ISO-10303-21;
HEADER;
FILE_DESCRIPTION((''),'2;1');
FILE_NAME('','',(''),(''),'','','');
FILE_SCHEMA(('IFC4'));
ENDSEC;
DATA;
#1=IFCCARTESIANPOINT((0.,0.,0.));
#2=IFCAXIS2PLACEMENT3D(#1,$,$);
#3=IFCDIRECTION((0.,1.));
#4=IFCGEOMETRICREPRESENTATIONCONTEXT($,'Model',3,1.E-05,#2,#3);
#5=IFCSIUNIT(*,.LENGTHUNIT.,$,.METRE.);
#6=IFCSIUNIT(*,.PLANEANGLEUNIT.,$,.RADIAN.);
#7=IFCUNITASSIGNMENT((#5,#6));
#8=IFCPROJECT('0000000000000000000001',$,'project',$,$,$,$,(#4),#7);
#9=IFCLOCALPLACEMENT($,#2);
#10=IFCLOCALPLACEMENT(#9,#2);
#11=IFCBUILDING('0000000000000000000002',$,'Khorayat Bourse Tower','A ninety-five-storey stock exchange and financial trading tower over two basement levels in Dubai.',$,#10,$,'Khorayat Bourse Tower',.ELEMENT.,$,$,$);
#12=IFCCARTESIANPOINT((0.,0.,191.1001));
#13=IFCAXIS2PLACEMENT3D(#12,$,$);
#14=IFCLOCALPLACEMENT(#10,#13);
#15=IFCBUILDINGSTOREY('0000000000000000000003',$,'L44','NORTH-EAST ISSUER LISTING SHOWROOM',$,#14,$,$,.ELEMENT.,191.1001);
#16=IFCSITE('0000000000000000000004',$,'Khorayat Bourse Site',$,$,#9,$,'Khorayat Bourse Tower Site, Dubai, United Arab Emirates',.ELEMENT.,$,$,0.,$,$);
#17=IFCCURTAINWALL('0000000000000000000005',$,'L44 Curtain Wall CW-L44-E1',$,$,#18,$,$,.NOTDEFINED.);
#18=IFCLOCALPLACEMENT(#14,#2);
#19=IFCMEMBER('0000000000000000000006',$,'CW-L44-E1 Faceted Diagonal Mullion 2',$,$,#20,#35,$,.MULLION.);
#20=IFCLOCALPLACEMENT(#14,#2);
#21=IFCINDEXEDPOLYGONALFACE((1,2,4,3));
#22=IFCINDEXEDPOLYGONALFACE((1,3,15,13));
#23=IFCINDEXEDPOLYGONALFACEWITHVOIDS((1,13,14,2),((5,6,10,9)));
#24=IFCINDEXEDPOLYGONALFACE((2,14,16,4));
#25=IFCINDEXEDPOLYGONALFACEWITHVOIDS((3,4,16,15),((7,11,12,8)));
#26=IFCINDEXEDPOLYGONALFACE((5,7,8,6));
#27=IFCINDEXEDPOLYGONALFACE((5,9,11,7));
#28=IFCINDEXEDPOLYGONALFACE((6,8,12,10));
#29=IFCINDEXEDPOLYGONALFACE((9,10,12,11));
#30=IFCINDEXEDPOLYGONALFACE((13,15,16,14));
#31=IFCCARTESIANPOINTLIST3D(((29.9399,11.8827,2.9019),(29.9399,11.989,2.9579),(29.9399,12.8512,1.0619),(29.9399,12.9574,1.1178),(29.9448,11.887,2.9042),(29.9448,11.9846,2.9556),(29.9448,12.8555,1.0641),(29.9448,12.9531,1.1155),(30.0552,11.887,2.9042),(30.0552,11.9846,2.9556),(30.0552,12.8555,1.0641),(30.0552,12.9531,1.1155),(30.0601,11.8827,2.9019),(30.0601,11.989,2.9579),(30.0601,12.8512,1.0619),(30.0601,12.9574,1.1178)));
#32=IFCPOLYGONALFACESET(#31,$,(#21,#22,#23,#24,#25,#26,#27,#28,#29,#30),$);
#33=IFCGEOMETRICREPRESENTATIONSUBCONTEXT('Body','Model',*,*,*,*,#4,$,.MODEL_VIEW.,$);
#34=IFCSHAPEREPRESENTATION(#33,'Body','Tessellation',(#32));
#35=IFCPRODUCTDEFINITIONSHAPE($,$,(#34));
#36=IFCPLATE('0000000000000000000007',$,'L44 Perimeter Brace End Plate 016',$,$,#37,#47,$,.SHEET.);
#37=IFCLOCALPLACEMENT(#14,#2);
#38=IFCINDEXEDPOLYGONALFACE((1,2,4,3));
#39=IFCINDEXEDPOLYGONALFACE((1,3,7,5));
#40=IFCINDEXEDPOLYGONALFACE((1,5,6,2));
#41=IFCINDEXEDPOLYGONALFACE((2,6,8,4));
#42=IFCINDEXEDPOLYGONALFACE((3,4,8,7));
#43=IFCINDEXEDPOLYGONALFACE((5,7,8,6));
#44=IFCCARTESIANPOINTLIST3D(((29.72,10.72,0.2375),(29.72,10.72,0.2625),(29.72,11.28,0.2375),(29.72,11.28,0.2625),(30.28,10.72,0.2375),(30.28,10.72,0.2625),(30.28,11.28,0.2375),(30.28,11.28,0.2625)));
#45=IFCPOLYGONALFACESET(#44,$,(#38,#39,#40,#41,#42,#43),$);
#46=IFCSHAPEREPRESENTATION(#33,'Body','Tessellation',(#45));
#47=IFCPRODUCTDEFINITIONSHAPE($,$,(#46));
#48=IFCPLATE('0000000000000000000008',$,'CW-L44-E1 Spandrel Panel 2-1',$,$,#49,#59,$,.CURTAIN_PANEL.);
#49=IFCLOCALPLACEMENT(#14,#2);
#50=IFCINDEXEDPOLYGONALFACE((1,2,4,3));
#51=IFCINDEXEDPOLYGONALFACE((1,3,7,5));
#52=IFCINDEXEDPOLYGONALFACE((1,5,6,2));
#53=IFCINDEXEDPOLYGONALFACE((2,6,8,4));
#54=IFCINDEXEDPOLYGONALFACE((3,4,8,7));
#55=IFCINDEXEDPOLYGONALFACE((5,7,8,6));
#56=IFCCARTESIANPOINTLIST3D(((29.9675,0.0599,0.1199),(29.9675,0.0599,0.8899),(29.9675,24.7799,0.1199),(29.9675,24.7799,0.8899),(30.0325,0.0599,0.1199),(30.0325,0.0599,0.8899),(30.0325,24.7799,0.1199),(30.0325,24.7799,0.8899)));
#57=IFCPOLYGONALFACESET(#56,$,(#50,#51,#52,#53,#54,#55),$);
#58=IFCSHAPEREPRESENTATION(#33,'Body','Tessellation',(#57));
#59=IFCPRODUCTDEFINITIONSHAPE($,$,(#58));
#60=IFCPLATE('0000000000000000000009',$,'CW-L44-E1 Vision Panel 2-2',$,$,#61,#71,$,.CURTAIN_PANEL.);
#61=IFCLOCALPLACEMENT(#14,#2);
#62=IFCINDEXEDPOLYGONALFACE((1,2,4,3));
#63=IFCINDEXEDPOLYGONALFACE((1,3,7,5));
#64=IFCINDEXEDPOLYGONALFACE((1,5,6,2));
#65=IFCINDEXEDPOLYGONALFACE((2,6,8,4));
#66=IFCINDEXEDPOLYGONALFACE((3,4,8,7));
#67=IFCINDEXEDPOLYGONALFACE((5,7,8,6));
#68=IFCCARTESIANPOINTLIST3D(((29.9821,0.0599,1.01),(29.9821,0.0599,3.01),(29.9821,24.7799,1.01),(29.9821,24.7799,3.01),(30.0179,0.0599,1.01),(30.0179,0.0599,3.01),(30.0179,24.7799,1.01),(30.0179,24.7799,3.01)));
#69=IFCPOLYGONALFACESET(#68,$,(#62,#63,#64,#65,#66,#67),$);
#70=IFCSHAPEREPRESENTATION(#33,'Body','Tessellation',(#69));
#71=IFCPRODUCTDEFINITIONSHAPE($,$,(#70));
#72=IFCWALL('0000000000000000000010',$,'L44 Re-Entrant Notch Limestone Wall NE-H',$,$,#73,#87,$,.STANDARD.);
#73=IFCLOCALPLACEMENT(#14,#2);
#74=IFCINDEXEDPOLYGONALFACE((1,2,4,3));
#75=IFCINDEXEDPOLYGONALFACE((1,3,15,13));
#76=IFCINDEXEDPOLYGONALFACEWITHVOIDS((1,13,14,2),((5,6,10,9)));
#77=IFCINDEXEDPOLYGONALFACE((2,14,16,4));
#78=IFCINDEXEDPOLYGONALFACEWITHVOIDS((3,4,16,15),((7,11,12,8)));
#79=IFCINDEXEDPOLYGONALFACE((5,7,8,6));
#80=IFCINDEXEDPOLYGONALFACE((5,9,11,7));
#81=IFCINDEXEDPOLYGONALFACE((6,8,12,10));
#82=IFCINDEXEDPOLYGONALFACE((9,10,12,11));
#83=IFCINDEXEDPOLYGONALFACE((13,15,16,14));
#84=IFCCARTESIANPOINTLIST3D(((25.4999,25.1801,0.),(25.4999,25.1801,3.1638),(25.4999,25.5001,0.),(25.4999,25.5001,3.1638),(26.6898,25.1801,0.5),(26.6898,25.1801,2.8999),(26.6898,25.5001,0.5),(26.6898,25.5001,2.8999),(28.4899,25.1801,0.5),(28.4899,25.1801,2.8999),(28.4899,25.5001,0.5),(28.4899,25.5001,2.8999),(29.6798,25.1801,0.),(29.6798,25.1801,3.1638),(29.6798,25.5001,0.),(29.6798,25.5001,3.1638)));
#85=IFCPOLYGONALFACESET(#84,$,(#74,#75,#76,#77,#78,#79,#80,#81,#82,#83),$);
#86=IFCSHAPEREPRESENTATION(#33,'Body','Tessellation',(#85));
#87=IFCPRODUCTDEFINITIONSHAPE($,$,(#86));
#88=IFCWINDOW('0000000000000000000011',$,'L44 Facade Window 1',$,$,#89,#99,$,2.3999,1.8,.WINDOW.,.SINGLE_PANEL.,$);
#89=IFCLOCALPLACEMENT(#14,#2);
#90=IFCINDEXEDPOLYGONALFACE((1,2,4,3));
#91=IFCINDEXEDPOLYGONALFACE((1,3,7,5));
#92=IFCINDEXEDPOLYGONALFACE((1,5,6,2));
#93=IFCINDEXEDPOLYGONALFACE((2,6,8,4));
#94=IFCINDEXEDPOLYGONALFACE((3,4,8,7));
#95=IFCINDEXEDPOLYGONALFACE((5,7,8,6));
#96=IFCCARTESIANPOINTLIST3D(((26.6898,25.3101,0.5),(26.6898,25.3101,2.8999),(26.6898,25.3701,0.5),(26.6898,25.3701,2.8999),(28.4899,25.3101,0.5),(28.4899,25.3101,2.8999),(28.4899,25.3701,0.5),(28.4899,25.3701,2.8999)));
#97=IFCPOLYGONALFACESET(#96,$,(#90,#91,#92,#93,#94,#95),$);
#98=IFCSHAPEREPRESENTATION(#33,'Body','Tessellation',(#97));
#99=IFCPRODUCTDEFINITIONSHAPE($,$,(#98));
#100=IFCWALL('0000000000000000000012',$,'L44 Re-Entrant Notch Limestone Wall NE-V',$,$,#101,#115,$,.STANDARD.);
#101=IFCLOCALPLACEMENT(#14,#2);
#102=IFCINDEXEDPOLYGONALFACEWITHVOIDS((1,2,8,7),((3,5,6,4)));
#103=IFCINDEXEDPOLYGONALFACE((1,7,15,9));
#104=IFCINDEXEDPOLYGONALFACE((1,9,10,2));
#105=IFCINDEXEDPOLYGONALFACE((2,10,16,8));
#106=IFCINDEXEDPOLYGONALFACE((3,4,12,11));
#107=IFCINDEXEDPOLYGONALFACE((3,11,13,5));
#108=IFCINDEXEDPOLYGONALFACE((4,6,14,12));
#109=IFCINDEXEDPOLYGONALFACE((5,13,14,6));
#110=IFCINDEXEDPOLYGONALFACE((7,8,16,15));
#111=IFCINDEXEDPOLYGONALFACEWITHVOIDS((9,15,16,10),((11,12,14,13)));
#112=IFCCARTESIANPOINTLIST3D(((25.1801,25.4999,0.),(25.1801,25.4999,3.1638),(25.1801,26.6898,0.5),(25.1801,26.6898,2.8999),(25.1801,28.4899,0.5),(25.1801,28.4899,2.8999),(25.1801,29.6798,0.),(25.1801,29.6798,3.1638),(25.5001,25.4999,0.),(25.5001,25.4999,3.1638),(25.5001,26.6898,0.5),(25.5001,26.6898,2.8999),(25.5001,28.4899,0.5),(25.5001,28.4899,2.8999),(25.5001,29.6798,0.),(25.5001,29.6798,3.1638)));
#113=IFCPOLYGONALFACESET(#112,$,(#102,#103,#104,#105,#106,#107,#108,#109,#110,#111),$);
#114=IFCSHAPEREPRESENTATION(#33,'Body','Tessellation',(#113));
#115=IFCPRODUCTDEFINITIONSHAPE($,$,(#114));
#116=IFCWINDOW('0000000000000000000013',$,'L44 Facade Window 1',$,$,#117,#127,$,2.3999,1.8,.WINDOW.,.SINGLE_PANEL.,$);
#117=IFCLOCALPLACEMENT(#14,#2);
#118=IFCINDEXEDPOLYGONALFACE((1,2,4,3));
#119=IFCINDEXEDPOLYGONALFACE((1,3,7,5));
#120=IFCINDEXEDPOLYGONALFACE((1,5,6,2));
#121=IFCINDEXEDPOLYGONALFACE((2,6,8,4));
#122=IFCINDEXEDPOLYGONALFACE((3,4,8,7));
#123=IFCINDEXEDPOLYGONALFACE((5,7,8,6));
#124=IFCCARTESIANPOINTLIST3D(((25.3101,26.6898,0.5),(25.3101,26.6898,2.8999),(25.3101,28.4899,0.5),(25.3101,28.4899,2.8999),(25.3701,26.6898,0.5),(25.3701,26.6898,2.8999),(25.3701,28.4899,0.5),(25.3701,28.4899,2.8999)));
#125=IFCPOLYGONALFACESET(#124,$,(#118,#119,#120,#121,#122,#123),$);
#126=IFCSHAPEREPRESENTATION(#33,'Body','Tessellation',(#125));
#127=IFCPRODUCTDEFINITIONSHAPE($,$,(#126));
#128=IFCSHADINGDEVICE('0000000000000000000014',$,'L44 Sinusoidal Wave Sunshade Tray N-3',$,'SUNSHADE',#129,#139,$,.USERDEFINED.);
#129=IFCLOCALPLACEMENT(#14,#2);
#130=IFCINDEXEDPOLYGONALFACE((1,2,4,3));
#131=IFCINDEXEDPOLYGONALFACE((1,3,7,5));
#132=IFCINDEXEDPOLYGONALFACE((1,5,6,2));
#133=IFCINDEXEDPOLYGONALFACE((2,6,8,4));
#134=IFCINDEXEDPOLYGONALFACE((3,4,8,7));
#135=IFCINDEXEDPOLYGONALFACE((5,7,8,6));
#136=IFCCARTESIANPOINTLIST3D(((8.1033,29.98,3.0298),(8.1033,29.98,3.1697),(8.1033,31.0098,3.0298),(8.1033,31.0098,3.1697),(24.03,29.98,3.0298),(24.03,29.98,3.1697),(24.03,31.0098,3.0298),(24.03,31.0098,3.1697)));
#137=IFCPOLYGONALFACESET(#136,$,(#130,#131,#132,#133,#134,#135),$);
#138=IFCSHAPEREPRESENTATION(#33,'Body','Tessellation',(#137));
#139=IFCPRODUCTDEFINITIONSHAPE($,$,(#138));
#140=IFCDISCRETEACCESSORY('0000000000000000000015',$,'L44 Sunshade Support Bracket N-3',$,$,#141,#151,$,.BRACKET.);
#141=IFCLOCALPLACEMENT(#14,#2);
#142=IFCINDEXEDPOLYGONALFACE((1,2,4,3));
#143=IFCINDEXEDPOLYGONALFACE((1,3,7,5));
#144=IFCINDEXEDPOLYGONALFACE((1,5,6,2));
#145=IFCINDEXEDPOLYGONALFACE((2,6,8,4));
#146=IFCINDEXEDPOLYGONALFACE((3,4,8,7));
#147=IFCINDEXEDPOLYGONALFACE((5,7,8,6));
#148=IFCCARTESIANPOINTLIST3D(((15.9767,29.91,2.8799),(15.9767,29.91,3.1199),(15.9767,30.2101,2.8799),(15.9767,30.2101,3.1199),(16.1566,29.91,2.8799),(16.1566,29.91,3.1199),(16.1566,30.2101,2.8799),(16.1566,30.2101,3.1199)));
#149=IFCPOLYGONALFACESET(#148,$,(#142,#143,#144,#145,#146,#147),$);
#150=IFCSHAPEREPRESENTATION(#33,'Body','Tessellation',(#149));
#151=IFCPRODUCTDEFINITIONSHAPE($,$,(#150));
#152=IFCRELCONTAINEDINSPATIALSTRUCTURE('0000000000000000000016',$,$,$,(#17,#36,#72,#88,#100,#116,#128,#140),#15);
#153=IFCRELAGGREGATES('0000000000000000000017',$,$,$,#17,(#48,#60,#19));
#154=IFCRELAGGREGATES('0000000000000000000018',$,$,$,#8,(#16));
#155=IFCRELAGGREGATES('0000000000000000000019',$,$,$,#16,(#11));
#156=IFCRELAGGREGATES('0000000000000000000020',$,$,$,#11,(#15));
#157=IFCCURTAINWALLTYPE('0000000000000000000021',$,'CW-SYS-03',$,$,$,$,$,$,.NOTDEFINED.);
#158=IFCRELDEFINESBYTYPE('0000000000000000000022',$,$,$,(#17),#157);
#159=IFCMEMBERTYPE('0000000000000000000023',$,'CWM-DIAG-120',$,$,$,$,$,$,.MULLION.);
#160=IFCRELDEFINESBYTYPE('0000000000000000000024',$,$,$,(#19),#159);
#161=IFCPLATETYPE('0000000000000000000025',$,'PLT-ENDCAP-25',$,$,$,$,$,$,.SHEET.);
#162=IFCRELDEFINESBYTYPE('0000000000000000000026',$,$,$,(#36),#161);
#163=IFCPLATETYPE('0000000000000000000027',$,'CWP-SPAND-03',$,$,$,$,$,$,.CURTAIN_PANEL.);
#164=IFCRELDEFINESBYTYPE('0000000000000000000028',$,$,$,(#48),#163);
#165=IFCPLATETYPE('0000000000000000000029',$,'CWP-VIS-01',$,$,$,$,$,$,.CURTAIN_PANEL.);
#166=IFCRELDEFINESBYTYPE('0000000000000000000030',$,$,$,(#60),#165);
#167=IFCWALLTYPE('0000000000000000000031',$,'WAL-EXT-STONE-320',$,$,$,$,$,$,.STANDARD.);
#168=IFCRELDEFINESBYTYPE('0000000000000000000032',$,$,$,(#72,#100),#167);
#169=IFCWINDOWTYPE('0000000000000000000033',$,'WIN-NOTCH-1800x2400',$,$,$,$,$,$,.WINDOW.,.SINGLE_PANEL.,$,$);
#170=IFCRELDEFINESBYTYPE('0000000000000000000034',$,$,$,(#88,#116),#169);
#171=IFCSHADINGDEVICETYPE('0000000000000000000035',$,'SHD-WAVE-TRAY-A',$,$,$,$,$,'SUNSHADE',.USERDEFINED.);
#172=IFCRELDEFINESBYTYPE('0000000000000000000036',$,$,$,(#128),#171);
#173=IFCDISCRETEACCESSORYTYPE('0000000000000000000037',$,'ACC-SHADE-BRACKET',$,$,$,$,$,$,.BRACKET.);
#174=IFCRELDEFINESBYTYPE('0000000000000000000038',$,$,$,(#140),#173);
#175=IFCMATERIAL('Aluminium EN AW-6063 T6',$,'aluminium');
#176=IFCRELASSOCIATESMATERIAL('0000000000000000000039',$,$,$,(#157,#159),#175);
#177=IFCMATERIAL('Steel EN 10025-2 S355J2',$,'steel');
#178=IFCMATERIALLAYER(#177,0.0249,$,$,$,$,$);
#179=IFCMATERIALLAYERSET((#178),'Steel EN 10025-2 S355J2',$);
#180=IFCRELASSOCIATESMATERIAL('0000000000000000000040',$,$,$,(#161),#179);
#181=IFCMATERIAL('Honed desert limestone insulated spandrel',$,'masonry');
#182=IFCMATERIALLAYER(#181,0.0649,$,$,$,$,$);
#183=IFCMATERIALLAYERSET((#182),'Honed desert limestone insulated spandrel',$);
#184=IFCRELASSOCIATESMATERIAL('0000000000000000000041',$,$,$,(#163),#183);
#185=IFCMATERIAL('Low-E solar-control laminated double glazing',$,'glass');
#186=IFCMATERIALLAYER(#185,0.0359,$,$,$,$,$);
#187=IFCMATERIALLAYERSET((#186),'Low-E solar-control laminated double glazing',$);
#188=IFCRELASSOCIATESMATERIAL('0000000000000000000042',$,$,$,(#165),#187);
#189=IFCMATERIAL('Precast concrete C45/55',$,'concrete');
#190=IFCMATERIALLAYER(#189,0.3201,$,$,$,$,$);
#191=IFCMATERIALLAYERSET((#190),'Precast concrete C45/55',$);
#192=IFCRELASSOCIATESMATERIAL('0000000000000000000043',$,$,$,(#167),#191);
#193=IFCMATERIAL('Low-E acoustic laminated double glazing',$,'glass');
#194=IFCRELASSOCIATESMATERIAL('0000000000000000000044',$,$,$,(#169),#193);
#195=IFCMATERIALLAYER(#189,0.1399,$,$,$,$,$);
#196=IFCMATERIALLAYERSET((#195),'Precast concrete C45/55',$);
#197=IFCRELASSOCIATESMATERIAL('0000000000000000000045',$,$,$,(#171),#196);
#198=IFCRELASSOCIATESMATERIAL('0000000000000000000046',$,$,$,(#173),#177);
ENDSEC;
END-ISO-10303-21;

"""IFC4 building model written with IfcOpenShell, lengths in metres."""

from ifc_helpers import new_model, si_unit, direction, frame, frame_2d, origin, origin_2d, place, context, subcontext, project, spatial, rectangle, hollow_rectangle, extrude, source, transform, mapped, material, layer, layer_set, material_profile, profile_set, type_object, element, fill, aggregate, save


model = new_model("IFC4")

# Units and contexts
model_context = context("Model", 3, precision=1e-05, world=origin(), true_north=direction((0.0, 1.0)))
body_context = subcontext(model_context, "Body", "Model", "MODEL_VIEW")
ifc_project = project(units=[si_unit("LENGTHUNIT", "METRE"), si_unit("PLANEANGLEUNIT", "RADIAN")], contexts=[model_context])

# Site, building, storey
site_placement = place(None, origin())
site = spatial("IfcSite", under=ifc_project, at=site_placement, Name="Khorayat Bourse Site", LongName="Khorayat Bourse Tower Site, Dubai, United Arab Emirates", CompositionType="ELEMENT", RefElevation=0.0)
building_placement = place(site_placement, origin())
building = spatial("IfcBuilding", under=site, at=building_placement, Name="Khorayat Bourse Tower", Description="A ninety-five-storey stock exchange and financial trading tower over two basement levels in Dubai.", LongName="Khorayat Bourse Tower", CompositionType="ELEMENT")
storey_placement = place(building_placement, frame((0.0, 0.0, 191.1001)))
storey = spatial("IfcBuildingStorey", under=building, at=storey_placement, Name="L44", Description="NORTH-EAST ISSUER LISTING SHOWROOM", CompositionType="ELEMENT", Elevation=191.1001)

# Shared definitions
ifc_material_1 = material(Name="Aluminium EN AW-6063 T6", Category="aluminium")
curtain_wall_type = type_object("IfcCurtainWallType", Name="CW-SYS-03", PredefinedType="NOTDEFINED", material=ifc_material_1)

# Curtain wall, member
curtain_wall_1_placement = place(storey_placement, origin())
curtain_wall_1 = element("IfcCurtainWall", 1, at=curtain_wall_1_placement, inside=storey, type_object=curtain_wall_type, Name="L44 Curtain Wall CW-L44-E1", PredefinedType="NOTDEFINED")
ifc_material_profile_1 = material_profile(ifc_material_1, hollow_rectangle(XDim=0.1201, YDim=0.1201, WallThickness=0.0049, at=origin_2d()), Name="ALU 120x120x5")
ifc_profile_set_1 = profile_set([ifc_material_profile_1], Name="Aluminium EN AW-6063 T6")
member_type_1 = type_object("IfcMemberType", Name="CWM-DIAG-120", PredefinedType="MULLION", material=ifc_profile_set_1)
shared_shape_1 = source(origin(), body_context, "Body", "SweptSolid", [
    extrude(hollow_rectangle(XDim=0.1201, YDim=0.1201, WallThickness=0.0049, at=origin_2d()), origin(), (0.0, 0.0, 1.0), 2.0793),
])
member_1_placement = place(storey_placement, frame((30.0, 12.9043, 1.0898), z_axis=(0.0, -0.465761, 0.884911), x_axis=(1.0, 0.0, 0.0)))
member_1 = element("IfcMember", 2, at=member_1_placement, type_object=member_type_1, Name="CW-L44-E1 Faceted Diagonal Mullion 2", PredefinedType="MULLION", context=body_context, shape_type="MappedRepresentation", body=[
    mapped(shared_shape_1, transform((0.0, 0.0, 0.0), scale=1.0)),
])

# Plates
ifc_material_2 = material(Name="Steel EN 10025-2 S355J2", Category="steel")
ifc_layer_1 = layer(ifc_material_2, 0.0249)
ifc_layer_set_1 = layer_set([ifc_layer_1], Name="Steel EN 10025-2 S355J2")
plate_type_1 = type_object("IfcPlateType", Name="PLT-ENDCAP-25", PredefinedType="SHEET", material=ifc_layer_set_1)
shared_shape_2 = source(origin(), body_context, "Body", "SweptSolid", [
    extrude(rectangle(XDim=0.5601, YDim=0.5601, at=origin_2d()), origin(), (0.0, 0.0, 1.0), 0.0249),
])
plate_1_placement = place(storey_placement, frame((30.0, 11.0, 0.2375), z_axis=(0.0, 0.0, 1.0), x_axis=(1.0, 0.0, 0.0)))
element("IfcPlate", 3, at=plate_1_placement, inside=storey, type_object=plate_type_1, Name="L44 Perimeter Brace End Plate 016", PredefinedType="SHEET", context=body_context, shape_type="MappedRepresentation", body=[
    mapped(shared_shape_2, transform((0.0, 0.0, 0.0), scale=1.0)),
])
ifc_material_3 = material(Name="Honed desert limestone insulated spandrel", Category="masonry")
ifc_layer_2 = layer(ifc_material_3, 0.0649)
ifc_layer_set_2 = layer_set([ifc_layer_2], Name="Honed desert limestone insulated spandrel")
plate_type_2 = type_object("IfcPlateType", Name="CWP-SPAND-03", PredefinedType="CURTAIN_PANEL", material=ifc_layer_set_2)
shared_shape_3 = source(origin(), body_context, "Body", "SweptSolid", [
    extrude(rectangle(XDim=24.72, YDim=0.0649, at=origin_2d()), origin(), (0.0, 0.0, 1.0), 0.77),
])
plate_2_placement = place(storey_placement, frame((30.0, 12.4199, 0.1199), z_axis=(0.0, 0.0, 1.0), x_axis=(0.0, 1.0, 0.0)))
plate_2 = element("IfcPlate", 4, at=plate_2_placement, type_object=plate_type_2, Name="CW-L44-E1 Spandrel Panel 2-1", PredefinedType="CURTAIN_PANEL", context=body_context, shape_type="MappedRepresentation", body=[
    mapped(shared_shape_3, transform((0.0, 0.0, 0.0), scale=1.0)),
])
ifc_material_4 = material(Name="Low-E solar-control laminated double glazing", Category="glass")
ifc_layer_3 = layer(ifc_material_4, 0.0359)
ifc_layer_set_3 = layer_set([ifc_layer_3], Name="Low-E solar-control laminated double glazing")
plate_type_3 = type_object("IfcPlateType", Name="CWP-VIS-01", PredefinedType="CURTAIN_PANEL", material=ifc_layer_set_3)
shared_shape_4 = source(origin(), body_context, "Body", "SweptSolid", [
    extrude(rectangle(XDim=24.72, YDim=0.0359, at=origin_2d()), origin(), (0.0, 0.0, 1.0), 2.0),
])
plate_3_placement = place(storey_placement, frame((30.0, 12.4199, 1.01), z_axis=(0.0, 0.0, 1.0), x_axis=(0.0, 1.0, 0.0)))
plate_3 = element("IfcPlate", 5, at=plate_3_placement, type_object=plate_type_3, Name="CW-L44-E1 Vision Panel 2-2", PredefinedType="CURTAIN_PANEL", context=body_context, shape_type="MappedRepresentation", body=[
    mapped(shared_shape_4, transform((0.0, 0.0, 0.0), scale=1.0)),
])
aggregate(curtain_wall_1, [plate_2, plate_3, member_1])

# Walls, openings, windows
ifc_material_5 = material(Name="Precast concrete C45/55", Category="concrete")
ifc_layer_4 = layer(ifc_material_5, 0.3201)
ifc_layer_set_4 = layer_set([ifc_layer_4], Name="Precast concrete C45/55")
wall_type = type_object("IfcWallType", Name="WAL-EXT-STONE-320", PredefinedType="STANDARD", material=ifc_layer_set_4)
shared_shape_5 = source(origin(), body_context, "Body", "SweptSolid", [
    extrude(rectangle(XDim=4.1799, YDim=0.3201, at=frame_2d((2.0898, 0.0))), origin(), (0.0, 0.0, 1.0), 3.1638),
])
wall_1_placement = place(storey_placement, frame((25.5, 25.3401, 0.0), z_axis=(0.0, 0.0, 1.0), x_axis=(1.0, 0.0, 0.0)))
wall_1 = element("IfcWall", 6, at=wall_1_placement, inside=storey, type_object=wall_type, Name="L44 Re-Entrant Notch Limestone Wall NE-H", PredefinedType="STANDARD", context=body_context, shape_type="MappedRepresentation", body=[
    mapped(shared_shape_5, transform((0.0, 0.0, 0.0), scale=1.0)),
])
shared_shape_6 = source(origin(), body_context, "Body", "SweptSolid", [
    extrude(rectangle(XDim=1.8, YDim=2.3999, at=frame_2d((0.8999, 1.2))), frame((0.0, 0.1699, 0.0), z_axis=(0.0, -1.0, 0.0), x_axis=(1.0, 0.0, 0.0)), (0.0, 0.0, 1.0), 0.3401),
])
opening_1_placement = place(wall_1_placement, frame((1.1899, 0.0, 0.5)))
opening_1 = element("IfcOpeningElement", 7, at=opening_1_placement, cuts=wall_1, PredefinedType="OPENING", context=body_context, shape_type="MappedRepresentation", body=[
    mapped(shared_shape_6, transform((0.0, 0.0, 0.0), scale=1.0)),
])
ifc_material_6 = material(Name="Low-E acoustic laminated double glazing", Category="glass")
window_type = type_object("IfcWindowType", Name="WIN-NOTCH-1800x2400", PartitioningType="SINGLE_PANEL", PredefinedType="WINDOW", material=ifc_material_6)
shared_shape_7 = source(origin(), body_context, "Body", "SweptSolid", [
    extrude(rectangle(XDim=1.8, YDim=2.3999, at=frame_2d((0.8999, 1.2))), frame((0.0, 0.03, 0.0), z_axis=(0.0, -1.0, 0.0), x_axis=(1.0, 0.0, 0.0)), (0.0, 0.0, 1.0), 0.0601),
])
window_1_placement = place(opening_1_placement, origin())
window_1 = element("IfcWindow", 8, at=window_1_placement, inside=storey, type_object=window_type, Name="L44 Facade Window 1", OverallHeight=2.3999, OverallWidth=1.8, PartitioningType="SINGLE_PANEL", PredefinedType="WINDOW", context=body_context, shape_type="MappedRepresentation", body=[
    mapped(shared_shape_7, transform((0.0, 0.0, 0.0), scale=1.0)),
])
fill(opening_1, window_1)
wall_2_placement = place(storey_placement, frame((25.3401, 25.5, 0.0), z_axis=(0.0, 0.0, 1.0), x_axis=(0.0, 1.0, 0.0)))
wall_2 = element("IfcWall", 9, at=wall_2_placement, inside=storey, type_object=wall_type, Name="L44 Re-Entrant Notch Limestone Wall NE-V", PredefinedType="STANDARD", context=body_context, shape_type="MappedRepresentation", body=[
    mapped(shared_shape_5, transform((0.0, 0.0, 0.0), scale=1.0)),
])
opening_2_placement = place(wall_2_placement, frame((1.1899, 0.0, 0.5)))
opening_2 = element("IfcOpeningElement", 10, at=opening_2_placement, cuts=wall_2, PredefinedType="OPENING", context=body_context, shape_type="MappedRepresentation", body=[
    mapped(shared_shape_6, transform((0.0, 0.0, 0.0), scale=1.0)),
])
window_2_placement = place(opening_2_placement, origin())
window_2 = element("IfcWindow", 11, at=window_2_placement, inside=storey, type_object=window_type, Name="L44 Facade Window 1", OverallHeight=2.3999, OverallWidth=1.8, PartitioningType="SINGLE_PANEL", PredefinedType="WINDOW", context=body_context, shape_type="MappedRepresentation", body=[
    mapped(shared_shape_7, transform((0.0, 0.0, 0.0), scale=1.0)),
])
fill(opening_2, window_2)

# Shading device
ifc_layer_5 = layer(ifc_material_5, 0.1399)
ifc_layer_set_5 = layer_set([ifc_layer_5], Name="Precast concrete C45/55")
shading_device_type = type_object("IfcShadingDeviceType", Name="SHD-WAVE-TRAY-A", ElementType="SUNSHADE", PredefinedType="USERDEFINED", material=ifc_layer_set_5)
shared_shape_8 = source(origin(), body_context, "Body", "SweptSolid", [
    extrude(rectangle(XDim=15.9268, YDim=1.0298, at=origin_2d()), origin(), (0.0, 0.0, 1.0), 0.1399),
])
shading_device_placement = place(storey_placement, frame((16.0667, 30.4949, 3.0298), z_axis=(0.0, 0.0, 1.0), x_axis=(1.0, 0.0, 0.0)))
element("IfcShadingDevice", 12, at=shading_device_placement, inside=storey, type_object=shading_device_type, Name="L44 Sinusoidal Wave Sunshade Tray N-3", ObjectType="SUNSHADE", PredefinedType="USERDEFINED", context=body_context, shape_type="MappedRepresentation", body=[
    mapped(shared_shape_8, transform((0.0, 0.0, 0.0), scale=1.0)),
])

# Discrete accessory
discrete_accessory_type = type_object("IfcDiscreteAccessoryType", Name="ACC-SHADE-BRACKET", PredefinedType="BRACKET", material=ifc_material_2)
shared_shape_9 = source(origin(), body_context, "Body", "SweptSolid", [
    extrude(rectangle(XDim=0.1799, YDim=0.3, at=origin_2d()), origin(), (0.0, 0.0, 1.0), 0.24),
])
discrete_accessory_placement = place(storey_placement, frame((16.0667, 30.0601, 2.8799), z_axis=(0.0, 0.0, 1.0), x_axis=(1.0, 0.0, 0.0)))
element("IfcDiscreteAccessory", 13, at=discrete_accessory_placement, inside=storey, type_object=discrete_accessory_type, Name="L44 Sunshade Support Bracket N-3", PredefinedType="BRACKET", context=body_context, shape_type="MappedRepresentation", body=[
    mapped(shared_shape_9, transform((0.0, 0.0, 0.0), scale=1.0)),
])

save(model, "model.ifc")
